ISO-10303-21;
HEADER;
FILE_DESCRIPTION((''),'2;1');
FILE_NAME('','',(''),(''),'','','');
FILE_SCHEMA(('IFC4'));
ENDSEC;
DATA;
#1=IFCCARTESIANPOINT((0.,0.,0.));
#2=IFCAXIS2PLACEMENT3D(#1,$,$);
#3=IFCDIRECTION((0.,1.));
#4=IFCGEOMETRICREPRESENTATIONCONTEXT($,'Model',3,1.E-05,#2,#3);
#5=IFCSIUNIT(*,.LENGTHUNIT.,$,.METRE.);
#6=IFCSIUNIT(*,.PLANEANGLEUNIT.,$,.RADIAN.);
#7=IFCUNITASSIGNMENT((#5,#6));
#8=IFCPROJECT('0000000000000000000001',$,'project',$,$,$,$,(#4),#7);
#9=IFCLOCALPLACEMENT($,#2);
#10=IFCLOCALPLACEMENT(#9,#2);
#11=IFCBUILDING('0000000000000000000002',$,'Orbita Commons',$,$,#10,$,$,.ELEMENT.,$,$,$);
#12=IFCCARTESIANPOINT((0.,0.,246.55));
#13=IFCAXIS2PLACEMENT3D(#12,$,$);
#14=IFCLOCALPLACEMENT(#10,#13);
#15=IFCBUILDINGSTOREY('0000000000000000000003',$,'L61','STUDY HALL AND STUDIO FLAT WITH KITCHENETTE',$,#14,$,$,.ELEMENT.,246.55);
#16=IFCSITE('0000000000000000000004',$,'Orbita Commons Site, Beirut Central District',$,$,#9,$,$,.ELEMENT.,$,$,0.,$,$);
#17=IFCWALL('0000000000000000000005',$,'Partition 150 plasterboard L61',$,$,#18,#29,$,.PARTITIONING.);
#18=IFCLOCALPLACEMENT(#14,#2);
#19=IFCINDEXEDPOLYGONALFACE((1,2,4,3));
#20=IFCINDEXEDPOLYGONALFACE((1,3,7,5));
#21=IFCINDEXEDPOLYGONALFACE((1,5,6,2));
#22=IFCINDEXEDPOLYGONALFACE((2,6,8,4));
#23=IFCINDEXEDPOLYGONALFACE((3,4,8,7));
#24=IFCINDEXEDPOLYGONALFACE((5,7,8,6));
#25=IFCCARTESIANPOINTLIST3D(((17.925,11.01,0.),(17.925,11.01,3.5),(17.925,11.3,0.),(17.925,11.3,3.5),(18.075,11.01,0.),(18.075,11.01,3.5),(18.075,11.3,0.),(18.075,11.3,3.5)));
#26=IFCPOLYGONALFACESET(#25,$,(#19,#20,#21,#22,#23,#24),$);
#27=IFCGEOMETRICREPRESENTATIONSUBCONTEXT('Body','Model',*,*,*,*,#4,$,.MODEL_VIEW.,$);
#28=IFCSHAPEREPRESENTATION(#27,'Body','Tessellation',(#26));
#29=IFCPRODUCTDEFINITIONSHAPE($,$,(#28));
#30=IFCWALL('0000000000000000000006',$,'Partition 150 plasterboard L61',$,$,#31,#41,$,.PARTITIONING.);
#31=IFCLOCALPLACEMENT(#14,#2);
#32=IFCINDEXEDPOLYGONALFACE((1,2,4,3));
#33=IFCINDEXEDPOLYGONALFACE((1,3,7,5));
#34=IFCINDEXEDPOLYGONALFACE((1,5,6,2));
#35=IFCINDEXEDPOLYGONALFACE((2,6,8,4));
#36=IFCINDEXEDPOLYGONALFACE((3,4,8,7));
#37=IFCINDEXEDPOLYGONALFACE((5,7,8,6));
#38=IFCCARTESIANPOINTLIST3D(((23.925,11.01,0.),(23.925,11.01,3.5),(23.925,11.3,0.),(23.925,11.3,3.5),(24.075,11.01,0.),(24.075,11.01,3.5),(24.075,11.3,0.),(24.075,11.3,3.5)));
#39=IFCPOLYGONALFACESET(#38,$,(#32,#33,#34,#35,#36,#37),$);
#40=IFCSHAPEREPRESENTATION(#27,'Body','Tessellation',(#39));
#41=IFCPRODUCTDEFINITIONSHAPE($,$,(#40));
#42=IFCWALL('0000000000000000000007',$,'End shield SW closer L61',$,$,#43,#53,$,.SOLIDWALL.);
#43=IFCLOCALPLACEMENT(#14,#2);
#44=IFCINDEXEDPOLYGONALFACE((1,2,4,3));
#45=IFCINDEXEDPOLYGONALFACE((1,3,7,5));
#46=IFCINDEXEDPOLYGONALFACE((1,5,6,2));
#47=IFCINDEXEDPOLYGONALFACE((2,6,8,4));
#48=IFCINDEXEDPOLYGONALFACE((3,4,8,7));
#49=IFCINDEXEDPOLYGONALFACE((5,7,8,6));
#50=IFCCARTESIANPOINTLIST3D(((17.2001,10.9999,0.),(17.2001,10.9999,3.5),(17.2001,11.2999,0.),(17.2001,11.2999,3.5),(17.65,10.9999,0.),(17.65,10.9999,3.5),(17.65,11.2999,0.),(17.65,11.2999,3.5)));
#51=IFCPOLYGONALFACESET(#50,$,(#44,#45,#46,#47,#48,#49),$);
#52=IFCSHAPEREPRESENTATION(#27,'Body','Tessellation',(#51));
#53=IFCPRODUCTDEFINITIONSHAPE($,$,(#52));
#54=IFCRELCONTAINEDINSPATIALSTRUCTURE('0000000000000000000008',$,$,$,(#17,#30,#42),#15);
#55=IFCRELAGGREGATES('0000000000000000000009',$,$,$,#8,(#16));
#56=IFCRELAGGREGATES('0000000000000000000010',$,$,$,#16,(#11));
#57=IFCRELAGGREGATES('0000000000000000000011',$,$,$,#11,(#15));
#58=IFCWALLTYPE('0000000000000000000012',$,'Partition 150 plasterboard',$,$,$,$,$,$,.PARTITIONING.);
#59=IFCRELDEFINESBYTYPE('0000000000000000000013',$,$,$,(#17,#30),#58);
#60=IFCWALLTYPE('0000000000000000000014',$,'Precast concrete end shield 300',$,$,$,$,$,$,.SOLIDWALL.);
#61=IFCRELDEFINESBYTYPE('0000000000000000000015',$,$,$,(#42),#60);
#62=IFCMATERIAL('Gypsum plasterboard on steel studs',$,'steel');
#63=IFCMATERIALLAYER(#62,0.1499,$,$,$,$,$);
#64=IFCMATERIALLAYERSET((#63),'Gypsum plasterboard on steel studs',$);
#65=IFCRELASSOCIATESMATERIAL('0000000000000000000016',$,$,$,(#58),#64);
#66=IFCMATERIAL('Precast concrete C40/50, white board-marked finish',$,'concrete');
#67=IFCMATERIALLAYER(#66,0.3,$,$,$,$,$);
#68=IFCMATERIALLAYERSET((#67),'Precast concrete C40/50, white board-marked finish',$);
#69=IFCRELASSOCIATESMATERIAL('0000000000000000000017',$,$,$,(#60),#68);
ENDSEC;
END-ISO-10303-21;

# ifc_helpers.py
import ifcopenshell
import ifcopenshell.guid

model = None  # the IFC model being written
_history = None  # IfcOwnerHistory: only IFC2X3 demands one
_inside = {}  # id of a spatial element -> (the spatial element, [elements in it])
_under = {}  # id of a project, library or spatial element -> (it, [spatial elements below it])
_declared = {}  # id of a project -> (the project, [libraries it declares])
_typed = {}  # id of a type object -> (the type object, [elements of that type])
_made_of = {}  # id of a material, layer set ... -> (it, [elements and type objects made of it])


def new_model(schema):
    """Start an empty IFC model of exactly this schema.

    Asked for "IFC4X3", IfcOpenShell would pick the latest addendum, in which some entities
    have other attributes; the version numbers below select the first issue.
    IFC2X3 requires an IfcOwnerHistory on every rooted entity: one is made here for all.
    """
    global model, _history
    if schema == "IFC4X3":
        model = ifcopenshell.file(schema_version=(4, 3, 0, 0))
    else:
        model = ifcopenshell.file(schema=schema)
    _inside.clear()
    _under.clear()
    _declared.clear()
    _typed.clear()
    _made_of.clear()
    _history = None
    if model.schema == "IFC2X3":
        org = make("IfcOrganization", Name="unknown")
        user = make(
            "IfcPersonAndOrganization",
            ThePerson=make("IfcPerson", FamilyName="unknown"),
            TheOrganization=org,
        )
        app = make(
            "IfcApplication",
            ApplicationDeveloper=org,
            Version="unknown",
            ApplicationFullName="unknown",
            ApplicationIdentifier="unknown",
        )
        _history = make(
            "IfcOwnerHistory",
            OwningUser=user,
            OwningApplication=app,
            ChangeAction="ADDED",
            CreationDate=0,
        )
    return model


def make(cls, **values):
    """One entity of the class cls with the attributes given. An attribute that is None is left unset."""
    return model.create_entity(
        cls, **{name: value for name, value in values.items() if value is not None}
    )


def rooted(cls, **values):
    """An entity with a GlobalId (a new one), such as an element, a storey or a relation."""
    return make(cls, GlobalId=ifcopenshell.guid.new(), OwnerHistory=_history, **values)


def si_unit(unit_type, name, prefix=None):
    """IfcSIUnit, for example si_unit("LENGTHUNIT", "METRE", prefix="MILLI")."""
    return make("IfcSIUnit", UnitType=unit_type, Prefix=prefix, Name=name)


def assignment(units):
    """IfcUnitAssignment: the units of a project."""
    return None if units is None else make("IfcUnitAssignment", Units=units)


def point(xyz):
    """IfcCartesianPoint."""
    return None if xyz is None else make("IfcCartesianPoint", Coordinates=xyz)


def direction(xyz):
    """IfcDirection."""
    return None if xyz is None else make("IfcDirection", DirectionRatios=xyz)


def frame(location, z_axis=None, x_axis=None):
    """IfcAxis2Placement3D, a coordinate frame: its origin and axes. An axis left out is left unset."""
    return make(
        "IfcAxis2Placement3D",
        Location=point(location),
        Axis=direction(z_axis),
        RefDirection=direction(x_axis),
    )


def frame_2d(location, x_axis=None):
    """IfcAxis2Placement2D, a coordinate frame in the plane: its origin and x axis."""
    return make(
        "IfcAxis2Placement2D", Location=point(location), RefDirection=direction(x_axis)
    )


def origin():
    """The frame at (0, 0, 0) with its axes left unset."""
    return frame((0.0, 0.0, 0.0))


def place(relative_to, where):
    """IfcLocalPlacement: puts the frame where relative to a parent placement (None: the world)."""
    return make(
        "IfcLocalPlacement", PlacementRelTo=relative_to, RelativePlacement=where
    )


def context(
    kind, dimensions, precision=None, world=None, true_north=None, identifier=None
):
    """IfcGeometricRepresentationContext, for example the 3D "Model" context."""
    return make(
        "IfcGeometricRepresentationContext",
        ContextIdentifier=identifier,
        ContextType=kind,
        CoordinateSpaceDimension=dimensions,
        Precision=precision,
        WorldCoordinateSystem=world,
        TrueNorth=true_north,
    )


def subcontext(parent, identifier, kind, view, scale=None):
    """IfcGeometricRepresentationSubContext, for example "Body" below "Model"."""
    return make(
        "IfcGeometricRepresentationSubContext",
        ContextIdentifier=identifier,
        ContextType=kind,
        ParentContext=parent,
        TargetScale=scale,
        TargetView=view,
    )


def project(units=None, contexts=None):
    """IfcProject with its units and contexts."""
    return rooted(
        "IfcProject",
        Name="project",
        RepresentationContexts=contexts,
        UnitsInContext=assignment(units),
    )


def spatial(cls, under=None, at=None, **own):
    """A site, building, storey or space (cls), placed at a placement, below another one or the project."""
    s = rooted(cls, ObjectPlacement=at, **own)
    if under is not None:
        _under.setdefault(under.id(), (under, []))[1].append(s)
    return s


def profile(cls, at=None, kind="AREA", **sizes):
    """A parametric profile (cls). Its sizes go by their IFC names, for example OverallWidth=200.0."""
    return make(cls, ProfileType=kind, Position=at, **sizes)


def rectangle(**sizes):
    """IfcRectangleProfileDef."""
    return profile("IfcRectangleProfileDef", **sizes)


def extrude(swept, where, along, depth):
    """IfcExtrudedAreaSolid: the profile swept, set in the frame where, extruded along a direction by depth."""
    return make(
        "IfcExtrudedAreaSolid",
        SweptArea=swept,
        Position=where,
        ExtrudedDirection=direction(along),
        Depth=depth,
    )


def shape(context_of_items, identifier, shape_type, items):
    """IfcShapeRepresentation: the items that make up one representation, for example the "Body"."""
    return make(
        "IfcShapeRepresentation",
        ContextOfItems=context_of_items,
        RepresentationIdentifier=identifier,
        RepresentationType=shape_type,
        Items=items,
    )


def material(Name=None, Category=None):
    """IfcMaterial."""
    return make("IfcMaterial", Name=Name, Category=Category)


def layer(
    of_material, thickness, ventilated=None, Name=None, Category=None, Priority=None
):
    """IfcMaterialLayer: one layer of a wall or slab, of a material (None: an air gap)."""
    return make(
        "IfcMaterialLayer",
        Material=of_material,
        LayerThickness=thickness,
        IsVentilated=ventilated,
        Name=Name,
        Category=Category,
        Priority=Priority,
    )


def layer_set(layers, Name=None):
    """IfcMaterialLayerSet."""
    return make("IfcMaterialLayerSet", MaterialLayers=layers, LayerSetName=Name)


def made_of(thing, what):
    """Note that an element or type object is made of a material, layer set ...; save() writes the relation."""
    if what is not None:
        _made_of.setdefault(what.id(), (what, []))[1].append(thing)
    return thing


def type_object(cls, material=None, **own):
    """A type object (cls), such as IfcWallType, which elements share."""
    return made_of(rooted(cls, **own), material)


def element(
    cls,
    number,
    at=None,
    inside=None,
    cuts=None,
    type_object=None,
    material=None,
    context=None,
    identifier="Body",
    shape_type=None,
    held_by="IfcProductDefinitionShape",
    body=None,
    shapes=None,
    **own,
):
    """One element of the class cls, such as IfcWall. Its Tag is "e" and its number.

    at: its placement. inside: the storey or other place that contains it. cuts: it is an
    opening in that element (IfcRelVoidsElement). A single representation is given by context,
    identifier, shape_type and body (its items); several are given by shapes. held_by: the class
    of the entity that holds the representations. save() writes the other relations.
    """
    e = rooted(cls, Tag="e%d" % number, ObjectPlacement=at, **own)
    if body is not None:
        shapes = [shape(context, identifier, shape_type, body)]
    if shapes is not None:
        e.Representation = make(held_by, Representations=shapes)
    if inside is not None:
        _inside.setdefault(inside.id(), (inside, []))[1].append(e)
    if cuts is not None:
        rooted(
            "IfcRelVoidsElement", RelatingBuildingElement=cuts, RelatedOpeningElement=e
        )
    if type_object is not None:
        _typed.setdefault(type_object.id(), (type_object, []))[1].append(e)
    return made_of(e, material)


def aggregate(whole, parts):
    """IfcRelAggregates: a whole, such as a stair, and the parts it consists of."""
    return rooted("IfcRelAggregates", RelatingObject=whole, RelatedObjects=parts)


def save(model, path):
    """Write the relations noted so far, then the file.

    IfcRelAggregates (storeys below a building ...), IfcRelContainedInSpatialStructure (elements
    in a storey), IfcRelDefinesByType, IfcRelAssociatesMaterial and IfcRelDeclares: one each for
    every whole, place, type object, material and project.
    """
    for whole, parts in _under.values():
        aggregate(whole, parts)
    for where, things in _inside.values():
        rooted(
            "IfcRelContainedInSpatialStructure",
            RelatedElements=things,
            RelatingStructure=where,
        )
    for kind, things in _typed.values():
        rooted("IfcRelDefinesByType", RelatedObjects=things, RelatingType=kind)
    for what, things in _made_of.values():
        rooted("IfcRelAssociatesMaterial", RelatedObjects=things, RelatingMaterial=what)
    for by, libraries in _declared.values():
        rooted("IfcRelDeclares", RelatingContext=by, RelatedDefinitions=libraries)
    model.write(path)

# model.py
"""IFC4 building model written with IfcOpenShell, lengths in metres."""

from ifc_helpers import new_model, si_unit, direction, frame, frame_2d, origin, place, context, subcontext, project, spatial, rectangle, extrude, material, layer, layer_set, type_object, element, save


model = new_model("IFC4")

# Units and contexts
model_context = context("Model", 3, precision=1e-05, world=origin(), true_north=direction((0.0, 1.0)))
body_context = subcontext(model_context, "Body", "Model", "MODEL_VIEW")
ifc_project = project(units=[si_unit("LENGTHUNIT", "METRE"), si_unit("PLANEANGLEUNIT", "RADIAN")], contexts=[model_context])

# Site, building, storey
site_placement = place(None, origin())
site = spatial("IfcSite", under=ifc_project, at=site_placement, Name="Orbita Commons Site, Beirut Central District", CompositionType="ELEMENT", RefElevation=0.0)
building_placement = place(site_placement, origin())
building = spatial("IfcBuilding", under=site, at=building_placement, Name="Orbita Commons", CompositionType="ELEMENT")
storey_placement = place(building_placement, frame((0.0, 0.0, 246.55)))
storey = spatial("IfcBuildingStorey", under=building, at=storey_placement, Name="L61", Description="STUDY HALL AND STUDIO FLAT WITH KITCHENETTE", CompositionType="ELEMENT", Elevation=246.55)

# Walls
ifc_material_1 = material(Name="Gypsum plasterboard on steel studs", Category="steel")
ifc_layer_1 = layer(ifc_material_1, 0.1499)
ifc_layer_set_1 = layer_set([ifc_layer_1], Name="Gypsum plasterboard on steel studs")
wall_type_1 = type_object("IfcWallType", Name="Partition 150 plasterboard", PredefinedType="PARTITIONING", material=ifc_layer_set_1)
for number, where, z_axis, x_axis, name in (
    (1, (18.0, 11.3, 0.0), (0.0, 0.0, 1.0), (0.0, -1.0, 0.0), "Partition 150 plasterboard L61"),
    (2, (24.0, 11.3, 0.0), (0.0, 0.0, 1.0), (0.0, -1.0, 0.0), "Partition 150 plasterboard L61"),
):
    element("IfcWall", number, at=place(storey_placement, frame(where, z_axis=z_axis, x_axis=x_axis)), inside=storey, type_object=wall_type_1, Name=name, PredefinedType="PARTITIONING", context=body_context, shape_type="SweptSolid", body=[
        extrude(rectangle(XDim=0.29, YDim=0.1499, at=frame_2d((0.145, 0.0))), origin(), (0.0, 0.0, 1.0), 3.5),
    ])
ifc_material_2 = material(Name="Precast concrete C40/50, white board-marked finish", Category="concrete")
ifc_layer_2 = layer(ifc_material_2, 0.3)
ifc_layer_set_2 = layer_set([ifc_layer_2], Name="Precast concrete C40/50, white board-marked finish")
wall_type_2 = type_object("IfcWallType", Name="Precast concrete end shield 300", PredefinedType="SOLIDWALL", material=ifc_layer_set_2)
wall_placement = place(storey_placement, frame((17.2, 11.1499, 0.0), z_axis=(0.0, 0.0, 1.0), x_axis=(1.0, 0.0, 0.0)))
element("IfcWall", 3, at=wall_placement, inside=storey, type_object=wall_type_2, Name="End shield SW closer L61", PredefinedType="SOLIDWALL", context=body_context, shape_type="SweptSolid", body=[
    extrude(rectangle(XDim=0.45, YDim=0.3, at=frame_2d((0.2251, 0.0))), origin(), (0.0, 0.0, 1.0), 3.5),
])

save(model, "model.ifc")
